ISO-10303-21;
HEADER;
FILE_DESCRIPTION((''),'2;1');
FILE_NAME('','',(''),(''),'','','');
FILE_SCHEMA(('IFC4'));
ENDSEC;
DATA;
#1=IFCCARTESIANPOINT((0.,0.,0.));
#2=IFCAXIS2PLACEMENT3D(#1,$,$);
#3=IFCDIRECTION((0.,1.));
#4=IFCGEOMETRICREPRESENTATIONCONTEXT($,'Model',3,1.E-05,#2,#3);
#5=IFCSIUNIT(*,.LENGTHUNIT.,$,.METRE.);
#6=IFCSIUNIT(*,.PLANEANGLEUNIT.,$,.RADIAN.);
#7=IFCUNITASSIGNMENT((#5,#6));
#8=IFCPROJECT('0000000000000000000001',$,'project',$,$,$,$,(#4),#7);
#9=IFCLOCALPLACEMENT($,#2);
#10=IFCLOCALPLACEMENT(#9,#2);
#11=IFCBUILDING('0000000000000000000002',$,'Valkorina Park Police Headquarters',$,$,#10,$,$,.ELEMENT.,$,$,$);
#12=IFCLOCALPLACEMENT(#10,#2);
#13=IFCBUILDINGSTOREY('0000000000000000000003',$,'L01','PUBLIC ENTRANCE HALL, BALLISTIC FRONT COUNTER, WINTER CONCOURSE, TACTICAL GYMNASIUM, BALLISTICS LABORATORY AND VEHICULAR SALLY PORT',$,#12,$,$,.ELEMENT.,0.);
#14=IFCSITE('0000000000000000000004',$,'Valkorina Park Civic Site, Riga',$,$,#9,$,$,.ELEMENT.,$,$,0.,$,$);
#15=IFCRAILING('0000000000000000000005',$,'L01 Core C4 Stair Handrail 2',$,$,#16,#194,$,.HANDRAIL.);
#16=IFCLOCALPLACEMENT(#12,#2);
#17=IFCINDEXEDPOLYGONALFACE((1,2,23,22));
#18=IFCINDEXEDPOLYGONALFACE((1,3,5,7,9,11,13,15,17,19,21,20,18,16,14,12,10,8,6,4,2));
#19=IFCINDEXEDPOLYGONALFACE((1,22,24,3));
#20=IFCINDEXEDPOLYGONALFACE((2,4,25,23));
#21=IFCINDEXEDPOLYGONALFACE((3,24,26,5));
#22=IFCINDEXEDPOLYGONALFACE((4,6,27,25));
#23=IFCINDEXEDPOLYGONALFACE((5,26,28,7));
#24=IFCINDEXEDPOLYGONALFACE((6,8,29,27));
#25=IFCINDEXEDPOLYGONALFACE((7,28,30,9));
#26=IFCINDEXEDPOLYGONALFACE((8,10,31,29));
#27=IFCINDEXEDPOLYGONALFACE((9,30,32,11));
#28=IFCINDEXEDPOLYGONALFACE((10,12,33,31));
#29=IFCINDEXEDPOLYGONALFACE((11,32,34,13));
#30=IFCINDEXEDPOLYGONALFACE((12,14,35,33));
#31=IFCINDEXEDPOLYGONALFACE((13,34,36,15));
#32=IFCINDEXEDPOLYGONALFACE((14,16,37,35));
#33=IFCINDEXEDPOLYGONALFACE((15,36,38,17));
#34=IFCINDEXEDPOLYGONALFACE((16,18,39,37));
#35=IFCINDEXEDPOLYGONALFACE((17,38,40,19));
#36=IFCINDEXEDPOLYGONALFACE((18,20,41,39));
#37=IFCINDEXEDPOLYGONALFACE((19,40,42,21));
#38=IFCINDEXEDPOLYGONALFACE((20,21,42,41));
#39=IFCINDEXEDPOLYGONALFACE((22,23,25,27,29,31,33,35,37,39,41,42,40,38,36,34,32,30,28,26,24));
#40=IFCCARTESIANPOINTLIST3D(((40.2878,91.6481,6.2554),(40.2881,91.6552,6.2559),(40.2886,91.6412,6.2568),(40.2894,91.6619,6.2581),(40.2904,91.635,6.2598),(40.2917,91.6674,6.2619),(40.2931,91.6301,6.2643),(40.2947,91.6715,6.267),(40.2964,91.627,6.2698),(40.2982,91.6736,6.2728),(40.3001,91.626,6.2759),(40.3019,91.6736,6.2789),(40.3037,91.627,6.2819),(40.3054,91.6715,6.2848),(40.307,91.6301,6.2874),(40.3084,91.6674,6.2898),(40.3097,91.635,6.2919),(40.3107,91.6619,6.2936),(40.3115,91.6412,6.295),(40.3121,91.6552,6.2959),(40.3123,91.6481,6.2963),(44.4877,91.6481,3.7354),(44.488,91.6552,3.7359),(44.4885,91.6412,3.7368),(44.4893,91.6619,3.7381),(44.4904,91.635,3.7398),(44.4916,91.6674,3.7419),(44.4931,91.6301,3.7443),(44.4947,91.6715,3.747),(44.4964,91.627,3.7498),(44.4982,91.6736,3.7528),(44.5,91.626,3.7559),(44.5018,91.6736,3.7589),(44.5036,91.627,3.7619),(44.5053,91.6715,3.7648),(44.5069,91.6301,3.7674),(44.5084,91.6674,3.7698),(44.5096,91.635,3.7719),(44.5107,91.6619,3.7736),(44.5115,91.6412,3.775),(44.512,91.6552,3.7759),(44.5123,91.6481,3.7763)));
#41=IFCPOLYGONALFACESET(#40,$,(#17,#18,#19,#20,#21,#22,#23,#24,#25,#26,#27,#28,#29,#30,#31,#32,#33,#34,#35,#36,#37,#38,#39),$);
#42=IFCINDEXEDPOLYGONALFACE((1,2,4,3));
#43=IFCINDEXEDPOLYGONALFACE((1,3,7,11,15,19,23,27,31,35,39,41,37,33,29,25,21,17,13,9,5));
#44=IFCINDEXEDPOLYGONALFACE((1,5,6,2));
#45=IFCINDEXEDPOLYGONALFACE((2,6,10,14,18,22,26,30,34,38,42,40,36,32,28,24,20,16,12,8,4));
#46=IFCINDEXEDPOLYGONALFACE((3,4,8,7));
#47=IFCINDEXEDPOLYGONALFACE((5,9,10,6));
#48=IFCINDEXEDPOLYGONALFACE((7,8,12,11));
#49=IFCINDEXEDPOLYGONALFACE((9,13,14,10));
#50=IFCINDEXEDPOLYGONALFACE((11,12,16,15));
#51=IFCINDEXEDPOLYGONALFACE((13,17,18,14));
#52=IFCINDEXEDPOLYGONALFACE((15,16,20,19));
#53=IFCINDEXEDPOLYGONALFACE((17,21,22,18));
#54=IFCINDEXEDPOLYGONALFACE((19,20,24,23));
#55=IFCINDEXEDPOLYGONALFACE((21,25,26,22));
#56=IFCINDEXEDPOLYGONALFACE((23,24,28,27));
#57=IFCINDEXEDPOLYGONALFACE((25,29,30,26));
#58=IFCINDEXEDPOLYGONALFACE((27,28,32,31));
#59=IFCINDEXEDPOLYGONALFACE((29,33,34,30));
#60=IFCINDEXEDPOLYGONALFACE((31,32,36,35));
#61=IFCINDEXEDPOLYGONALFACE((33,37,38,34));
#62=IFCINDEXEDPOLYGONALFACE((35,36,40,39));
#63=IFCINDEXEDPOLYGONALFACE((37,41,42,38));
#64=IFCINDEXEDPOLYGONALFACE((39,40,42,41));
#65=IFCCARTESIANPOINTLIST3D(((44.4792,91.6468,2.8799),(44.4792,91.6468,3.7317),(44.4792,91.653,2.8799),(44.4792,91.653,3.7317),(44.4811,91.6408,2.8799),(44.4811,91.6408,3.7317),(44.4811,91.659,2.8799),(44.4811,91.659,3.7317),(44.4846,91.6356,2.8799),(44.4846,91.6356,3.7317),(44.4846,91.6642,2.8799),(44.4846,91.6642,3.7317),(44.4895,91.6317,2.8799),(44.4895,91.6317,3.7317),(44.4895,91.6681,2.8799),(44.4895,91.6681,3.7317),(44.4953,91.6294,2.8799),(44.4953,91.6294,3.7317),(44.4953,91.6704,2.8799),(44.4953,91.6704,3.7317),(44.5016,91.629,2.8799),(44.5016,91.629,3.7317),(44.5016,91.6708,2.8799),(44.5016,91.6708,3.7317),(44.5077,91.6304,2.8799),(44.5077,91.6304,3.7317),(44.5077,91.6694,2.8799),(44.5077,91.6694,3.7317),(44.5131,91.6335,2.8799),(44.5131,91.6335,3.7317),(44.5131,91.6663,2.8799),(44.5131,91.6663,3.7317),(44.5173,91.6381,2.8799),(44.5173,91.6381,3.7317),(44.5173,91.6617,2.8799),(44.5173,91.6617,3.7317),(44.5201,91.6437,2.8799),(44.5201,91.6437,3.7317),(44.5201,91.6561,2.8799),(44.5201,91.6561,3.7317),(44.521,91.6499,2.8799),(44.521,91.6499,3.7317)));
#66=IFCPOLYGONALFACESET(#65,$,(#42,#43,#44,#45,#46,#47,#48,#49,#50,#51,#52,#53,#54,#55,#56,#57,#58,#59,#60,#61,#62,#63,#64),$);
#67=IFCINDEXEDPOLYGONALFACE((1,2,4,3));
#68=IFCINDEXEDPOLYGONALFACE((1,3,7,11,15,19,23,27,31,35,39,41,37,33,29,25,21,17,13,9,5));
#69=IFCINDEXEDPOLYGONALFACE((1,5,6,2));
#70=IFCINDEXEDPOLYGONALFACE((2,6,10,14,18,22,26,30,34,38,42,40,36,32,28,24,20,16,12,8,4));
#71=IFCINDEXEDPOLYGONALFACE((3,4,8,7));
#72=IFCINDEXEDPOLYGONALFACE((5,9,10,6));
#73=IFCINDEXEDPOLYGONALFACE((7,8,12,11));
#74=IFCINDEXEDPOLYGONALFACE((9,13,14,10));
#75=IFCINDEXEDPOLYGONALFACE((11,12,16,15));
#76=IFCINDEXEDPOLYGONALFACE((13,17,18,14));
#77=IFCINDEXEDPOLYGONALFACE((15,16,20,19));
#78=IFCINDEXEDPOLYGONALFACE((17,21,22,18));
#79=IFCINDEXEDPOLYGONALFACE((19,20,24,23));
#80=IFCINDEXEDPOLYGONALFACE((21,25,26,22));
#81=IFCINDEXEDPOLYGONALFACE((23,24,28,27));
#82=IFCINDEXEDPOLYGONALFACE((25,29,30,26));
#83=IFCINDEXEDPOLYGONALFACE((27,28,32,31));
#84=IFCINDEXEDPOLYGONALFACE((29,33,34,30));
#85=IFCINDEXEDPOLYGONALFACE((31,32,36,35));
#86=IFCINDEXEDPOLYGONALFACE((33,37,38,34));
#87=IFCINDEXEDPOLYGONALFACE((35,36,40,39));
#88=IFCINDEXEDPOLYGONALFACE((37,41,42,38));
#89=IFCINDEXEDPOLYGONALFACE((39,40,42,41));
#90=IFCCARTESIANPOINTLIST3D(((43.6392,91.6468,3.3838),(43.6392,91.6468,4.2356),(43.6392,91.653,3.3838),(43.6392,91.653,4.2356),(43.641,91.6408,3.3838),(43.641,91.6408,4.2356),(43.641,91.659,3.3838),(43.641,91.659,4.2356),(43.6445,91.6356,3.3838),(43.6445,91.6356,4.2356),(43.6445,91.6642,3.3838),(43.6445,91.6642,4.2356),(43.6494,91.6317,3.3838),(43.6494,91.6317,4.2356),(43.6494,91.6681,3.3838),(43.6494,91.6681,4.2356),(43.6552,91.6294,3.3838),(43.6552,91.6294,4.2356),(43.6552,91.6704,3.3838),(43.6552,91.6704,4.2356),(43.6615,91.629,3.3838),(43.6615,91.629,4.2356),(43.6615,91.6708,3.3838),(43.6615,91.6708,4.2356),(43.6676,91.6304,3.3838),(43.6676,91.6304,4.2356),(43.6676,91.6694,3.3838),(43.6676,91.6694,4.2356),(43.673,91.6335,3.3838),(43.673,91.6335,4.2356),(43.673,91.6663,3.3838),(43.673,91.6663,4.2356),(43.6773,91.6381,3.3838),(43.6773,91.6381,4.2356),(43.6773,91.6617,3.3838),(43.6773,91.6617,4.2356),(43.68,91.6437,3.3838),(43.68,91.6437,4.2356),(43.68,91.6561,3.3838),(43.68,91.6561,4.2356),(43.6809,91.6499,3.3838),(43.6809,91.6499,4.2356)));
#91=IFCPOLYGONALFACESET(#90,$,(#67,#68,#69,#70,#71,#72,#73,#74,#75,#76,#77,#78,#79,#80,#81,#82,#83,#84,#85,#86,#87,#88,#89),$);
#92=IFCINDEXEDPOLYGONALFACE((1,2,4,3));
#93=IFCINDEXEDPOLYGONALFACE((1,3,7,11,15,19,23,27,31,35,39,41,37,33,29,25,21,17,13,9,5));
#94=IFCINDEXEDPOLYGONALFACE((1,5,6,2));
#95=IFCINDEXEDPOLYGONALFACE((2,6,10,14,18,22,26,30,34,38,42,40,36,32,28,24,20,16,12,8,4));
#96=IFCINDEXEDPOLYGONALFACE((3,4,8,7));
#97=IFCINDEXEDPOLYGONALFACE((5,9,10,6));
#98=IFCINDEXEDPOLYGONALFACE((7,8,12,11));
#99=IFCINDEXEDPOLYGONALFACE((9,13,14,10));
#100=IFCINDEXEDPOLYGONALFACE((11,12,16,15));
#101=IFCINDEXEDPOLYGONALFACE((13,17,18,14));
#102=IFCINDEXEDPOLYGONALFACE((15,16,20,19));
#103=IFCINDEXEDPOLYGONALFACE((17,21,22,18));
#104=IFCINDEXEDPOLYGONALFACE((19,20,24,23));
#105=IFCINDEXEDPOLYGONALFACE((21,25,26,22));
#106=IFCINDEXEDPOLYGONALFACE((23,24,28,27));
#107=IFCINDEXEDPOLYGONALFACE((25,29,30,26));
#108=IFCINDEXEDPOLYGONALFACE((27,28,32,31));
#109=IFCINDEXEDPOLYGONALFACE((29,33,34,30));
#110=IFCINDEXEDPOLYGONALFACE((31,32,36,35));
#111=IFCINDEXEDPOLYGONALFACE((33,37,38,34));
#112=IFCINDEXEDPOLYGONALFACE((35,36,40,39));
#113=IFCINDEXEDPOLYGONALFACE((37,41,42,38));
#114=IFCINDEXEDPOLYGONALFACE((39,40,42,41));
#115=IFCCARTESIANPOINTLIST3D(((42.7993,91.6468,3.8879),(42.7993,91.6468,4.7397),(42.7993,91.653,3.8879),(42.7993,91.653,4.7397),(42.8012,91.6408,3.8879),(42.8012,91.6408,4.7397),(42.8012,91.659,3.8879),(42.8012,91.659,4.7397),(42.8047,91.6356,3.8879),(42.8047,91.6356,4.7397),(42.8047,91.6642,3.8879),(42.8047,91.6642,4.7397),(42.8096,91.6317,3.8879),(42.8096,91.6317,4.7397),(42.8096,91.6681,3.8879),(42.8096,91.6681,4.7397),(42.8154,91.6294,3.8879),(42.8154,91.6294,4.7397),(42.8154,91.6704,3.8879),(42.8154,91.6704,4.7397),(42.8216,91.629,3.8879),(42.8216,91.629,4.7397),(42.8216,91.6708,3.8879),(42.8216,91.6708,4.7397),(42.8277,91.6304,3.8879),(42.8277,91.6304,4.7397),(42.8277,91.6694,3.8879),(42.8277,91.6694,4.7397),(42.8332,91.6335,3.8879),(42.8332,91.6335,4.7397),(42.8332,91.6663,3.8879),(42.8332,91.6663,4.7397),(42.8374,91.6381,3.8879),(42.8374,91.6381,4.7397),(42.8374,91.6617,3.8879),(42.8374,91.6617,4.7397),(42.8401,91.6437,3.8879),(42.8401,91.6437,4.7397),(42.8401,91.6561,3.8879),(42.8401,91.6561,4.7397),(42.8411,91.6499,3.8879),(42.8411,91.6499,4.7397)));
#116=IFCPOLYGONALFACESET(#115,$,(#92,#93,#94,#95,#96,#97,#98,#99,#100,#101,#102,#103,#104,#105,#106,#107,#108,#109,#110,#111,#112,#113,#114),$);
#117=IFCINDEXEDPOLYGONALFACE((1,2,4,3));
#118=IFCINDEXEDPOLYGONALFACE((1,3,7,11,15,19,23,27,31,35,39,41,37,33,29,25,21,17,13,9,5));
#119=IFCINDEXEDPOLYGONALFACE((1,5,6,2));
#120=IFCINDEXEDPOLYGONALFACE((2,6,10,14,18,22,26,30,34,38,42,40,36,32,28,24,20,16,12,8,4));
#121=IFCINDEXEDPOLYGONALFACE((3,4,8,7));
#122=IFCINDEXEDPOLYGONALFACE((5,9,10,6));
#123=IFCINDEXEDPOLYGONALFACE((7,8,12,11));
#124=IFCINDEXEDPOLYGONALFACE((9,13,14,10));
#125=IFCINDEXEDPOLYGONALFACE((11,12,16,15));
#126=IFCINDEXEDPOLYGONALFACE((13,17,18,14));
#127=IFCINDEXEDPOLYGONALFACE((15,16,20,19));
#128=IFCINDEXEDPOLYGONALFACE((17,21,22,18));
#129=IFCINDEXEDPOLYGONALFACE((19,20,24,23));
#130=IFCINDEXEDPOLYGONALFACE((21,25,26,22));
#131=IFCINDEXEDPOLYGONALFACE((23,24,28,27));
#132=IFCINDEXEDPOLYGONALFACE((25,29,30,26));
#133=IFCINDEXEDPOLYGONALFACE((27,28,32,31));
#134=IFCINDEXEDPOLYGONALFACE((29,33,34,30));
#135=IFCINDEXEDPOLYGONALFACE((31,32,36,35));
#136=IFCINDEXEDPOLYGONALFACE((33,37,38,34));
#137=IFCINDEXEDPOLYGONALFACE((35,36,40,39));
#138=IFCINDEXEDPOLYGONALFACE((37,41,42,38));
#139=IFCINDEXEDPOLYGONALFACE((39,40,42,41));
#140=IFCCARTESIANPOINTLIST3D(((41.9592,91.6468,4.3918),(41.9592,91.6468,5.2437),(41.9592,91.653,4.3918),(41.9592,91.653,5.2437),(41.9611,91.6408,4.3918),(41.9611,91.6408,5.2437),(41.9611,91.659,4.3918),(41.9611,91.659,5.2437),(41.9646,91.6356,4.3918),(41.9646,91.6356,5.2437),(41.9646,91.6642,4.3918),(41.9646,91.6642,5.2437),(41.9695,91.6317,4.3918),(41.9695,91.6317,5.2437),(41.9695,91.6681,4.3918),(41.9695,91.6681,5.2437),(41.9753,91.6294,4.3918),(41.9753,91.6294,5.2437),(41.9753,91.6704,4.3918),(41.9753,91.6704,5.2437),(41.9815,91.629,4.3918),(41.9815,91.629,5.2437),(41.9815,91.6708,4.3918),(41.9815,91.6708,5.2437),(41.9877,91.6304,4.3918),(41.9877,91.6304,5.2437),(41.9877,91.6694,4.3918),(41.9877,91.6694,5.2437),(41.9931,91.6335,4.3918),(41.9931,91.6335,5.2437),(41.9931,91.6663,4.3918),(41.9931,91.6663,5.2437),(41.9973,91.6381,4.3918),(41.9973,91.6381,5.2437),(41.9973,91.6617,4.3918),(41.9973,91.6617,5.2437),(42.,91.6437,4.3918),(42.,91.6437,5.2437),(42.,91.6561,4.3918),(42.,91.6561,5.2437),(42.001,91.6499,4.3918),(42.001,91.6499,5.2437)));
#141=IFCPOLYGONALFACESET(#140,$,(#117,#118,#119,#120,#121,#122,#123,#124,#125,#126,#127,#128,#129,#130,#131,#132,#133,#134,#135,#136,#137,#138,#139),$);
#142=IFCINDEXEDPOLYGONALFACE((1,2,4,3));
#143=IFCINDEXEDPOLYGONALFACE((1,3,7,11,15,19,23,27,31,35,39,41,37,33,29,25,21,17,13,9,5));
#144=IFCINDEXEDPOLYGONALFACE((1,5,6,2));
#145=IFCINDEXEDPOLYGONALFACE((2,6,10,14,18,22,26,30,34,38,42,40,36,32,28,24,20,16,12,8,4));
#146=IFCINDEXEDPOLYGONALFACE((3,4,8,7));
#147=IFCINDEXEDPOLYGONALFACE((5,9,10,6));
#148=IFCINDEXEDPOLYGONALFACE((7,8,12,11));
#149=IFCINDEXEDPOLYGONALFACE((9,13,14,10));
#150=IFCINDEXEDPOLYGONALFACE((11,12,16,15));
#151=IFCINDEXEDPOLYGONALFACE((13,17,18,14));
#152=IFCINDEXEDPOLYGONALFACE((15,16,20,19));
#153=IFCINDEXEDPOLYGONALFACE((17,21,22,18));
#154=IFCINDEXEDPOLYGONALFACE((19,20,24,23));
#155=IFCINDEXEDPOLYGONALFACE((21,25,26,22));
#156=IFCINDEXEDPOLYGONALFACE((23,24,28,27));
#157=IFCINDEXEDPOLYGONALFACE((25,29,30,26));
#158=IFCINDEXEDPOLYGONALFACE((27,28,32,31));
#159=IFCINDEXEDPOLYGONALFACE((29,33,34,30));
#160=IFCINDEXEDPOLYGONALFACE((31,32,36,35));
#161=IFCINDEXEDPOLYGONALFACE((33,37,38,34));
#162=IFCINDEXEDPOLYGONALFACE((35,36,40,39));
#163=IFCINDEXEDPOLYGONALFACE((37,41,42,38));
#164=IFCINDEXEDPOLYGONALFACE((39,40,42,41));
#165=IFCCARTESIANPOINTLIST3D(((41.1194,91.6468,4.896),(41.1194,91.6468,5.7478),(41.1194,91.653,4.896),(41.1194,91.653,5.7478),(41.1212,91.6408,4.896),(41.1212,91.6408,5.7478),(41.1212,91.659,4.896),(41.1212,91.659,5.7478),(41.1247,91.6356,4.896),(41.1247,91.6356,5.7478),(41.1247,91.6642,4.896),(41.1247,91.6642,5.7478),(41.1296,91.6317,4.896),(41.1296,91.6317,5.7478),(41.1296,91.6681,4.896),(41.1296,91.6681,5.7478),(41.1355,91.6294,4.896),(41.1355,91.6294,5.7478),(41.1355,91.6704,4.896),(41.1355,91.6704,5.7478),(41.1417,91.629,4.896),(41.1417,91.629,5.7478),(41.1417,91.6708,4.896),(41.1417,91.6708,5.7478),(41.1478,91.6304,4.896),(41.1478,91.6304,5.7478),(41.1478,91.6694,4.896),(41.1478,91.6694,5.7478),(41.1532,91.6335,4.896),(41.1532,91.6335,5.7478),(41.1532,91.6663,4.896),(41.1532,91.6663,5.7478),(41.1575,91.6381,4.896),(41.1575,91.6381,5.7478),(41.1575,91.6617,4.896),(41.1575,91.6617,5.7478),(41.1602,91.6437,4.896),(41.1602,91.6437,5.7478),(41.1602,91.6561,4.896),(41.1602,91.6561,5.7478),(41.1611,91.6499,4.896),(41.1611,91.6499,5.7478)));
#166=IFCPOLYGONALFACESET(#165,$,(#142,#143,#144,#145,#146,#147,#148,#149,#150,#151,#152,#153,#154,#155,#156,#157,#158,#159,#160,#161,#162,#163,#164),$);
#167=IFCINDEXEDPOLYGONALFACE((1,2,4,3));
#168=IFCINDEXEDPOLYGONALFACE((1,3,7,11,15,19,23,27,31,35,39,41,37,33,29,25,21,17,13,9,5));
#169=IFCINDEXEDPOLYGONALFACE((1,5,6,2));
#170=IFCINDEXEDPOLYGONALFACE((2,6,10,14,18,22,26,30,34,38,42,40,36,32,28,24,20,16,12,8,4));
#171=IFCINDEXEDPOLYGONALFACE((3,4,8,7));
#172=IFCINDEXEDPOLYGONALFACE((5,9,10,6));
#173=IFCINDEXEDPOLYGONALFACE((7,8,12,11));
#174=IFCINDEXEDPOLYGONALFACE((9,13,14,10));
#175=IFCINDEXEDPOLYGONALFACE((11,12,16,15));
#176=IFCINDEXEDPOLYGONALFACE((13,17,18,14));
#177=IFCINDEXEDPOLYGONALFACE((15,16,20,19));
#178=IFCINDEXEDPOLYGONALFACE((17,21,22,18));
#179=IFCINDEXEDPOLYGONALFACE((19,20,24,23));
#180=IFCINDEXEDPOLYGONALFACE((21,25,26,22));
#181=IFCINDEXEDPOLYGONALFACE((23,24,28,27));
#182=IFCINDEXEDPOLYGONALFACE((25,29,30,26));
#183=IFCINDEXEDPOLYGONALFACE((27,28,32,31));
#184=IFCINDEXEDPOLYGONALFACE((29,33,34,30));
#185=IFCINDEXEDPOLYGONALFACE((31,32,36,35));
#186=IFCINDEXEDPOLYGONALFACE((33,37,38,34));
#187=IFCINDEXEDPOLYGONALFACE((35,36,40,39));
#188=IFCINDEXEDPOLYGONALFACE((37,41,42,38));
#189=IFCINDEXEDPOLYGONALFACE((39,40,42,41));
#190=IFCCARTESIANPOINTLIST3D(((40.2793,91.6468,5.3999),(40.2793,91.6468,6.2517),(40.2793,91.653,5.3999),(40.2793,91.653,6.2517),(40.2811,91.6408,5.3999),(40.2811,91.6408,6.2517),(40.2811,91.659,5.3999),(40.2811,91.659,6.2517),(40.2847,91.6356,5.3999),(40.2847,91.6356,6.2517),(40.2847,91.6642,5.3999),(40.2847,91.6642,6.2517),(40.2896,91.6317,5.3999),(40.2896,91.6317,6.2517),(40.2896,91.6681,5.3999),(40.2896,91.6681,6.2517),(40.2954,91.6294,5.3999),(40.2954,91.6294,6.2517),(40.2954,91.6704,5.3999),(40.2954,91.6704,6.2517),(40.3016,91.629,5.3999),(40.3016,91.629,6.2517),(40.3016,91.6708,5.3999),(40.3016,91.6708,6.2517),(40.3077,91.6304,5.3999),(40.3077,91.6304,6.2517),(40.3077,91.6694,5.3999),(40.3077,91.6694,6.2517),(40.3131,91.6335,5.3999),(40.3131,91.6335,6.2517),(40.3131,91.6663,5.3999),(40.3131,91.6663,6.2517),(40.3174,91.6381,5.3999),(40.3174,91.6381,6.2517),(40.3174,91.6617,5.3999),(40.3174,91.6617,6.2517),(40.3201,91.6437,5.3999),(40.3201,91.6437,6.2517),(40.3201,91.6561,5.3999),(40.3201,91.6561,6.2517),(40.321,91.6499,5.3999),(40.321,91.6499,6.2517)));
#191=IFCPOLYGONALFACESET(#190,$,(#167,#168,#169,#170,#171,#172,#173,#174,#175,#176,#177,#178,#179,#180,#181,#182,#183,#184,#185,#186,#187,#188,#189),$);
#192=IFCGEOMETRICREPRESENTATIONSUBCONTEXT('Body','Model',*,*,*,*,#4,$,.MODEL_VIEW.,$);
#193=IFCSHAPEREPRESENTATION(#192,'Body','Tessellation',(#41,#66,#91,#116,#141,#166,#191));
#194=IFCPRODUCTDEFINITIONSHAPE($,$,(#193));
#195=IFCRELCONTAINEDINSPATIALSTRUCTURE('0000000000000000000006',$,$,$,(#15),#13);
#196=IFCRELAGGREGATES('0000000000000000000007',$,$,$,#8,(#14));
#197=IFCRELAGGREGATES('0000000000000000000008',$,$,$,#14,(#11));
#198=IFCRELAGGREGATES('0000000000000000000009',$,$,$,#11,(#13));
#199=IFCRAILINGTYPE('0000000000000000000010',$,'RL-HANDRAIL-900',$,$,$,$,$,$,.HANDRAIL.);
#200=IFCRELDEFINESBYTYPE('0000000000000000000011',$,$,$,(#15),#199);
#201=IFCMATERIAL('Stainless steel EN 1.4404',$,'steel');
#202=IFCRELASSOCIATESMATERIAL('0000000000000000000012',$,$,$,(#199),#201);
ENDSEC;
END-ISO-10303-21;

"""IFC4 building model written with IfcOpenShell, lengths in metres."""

from ifc_helpers import new_model, si_unit, direction, frame, origin, origin_2d, place, context, subcontext, project, spatial, circle, extrude, material, type_object, element, save


model = new_model("IFC4")

# Units and contexts
model_context = context("Model", 3, precision=1e-05, world=origin(), true_north=direction((0.0, 1.0)))
body_context = subcontext(model_context, "Body", "Model", "MODEL_VIEW")
ifc_project = project(units=[si_unit("LENGTHUNIT", "METRE"), si_unit("PLANEANGLEUNIT", "RADIAN")], contexts=[model_context])

# Site, building, storey
site_placement = place(None, origin())
site = spatial("IfcSite", under=ifc_project, at=site_placement, Name="Valkorina Park Civic Site, Riga", CompositionType="ELEMENT", RefElevation=0.0)
building_placement = place(site_placement, origin())
building = spatial("IfcBuilding", under=site, at=building_placement, Name="Valkorina Park Police Headquarters", CompositionType="ELEMENT")
storey_placement = place(building_placement, origin())
storey = spatial("IfcBuildingStorey", under=building, at=storey_placement, Name="L01", Description="PUBLIC ENTRANCE HALL, BALLISTIC FRONT COUNTER, WINTER CONCOURSE, TACTICAL GYMNASIUM, BALLISTICS LABORATORY AND VEHICULAR SALLY PORT", CompositionType="ELEMENT", Elevation=0.0)

# Shared definitions
ifc_material_1 = material(Name="Stainless steel EN 1.4404", Category="steel")

# Railing
railing_type_1 = type_object("IfcRailingType", Name="RL-HANDRAIL-900", PredefinedType="HANDRAIL", material=ifc_material_1)
railing_1_placement = place(storey_placement, frame((44.5, 91.6499, 2.8799)))
element("IfcRailing", 1, at=railing_1_placement, inside=storey, type_object=railing_type_1, Name="L01 Core C4 Stair Handrail 2", PredefinedType="HANDRAIL", context=body_context, shape_type="SweptSolid", body=[
    extrude(circle(Radius=0.0239, at=origin_2d()), frame((0.0, 0.0, 0.876), z_axis=(-0.857489, 0.0, 0.514503), x_axis=(0.0, -1.0, 0.0)), (0.0, 0.0, 1.0), 4.8979),
    extrude(circle(Radius=0.021, at=origin_2d()), origin(), (0.0, 0.0, 1.0), 0.8518),
    extrude(circle(Radius=0.021, at=origin_2d()), frame((-0.8401, 0.0, 0.5039)), (0.0, 0.0, 1.0), 0.8518),
    extrude(circle(Radius=0.021, at=origin_2d()), frame((-1.6799, 0.0, 1.0081)), (0.0, 0.0, 1.0), 0.8518),
    extrude(circle(Radius=0.021, at=origin_2d()), frame((-2.52, 0.0, 1.512)), (0.0, 0.0, 1.0), 0.8518),
    extrude(circle(Radius=0.021, at=origin_2d()), frame((-3.3599, 0.0, 2.0161)), (0.0, 0.0, 1.0), 0.8518),
    extrude(circle(Radius=0.021, at=origin_2d()), frame((-4.2, 0.0, 2.52)), (0.0, 0.0, 1.0), 0.8518),
])

save(model, "model.ifc")
